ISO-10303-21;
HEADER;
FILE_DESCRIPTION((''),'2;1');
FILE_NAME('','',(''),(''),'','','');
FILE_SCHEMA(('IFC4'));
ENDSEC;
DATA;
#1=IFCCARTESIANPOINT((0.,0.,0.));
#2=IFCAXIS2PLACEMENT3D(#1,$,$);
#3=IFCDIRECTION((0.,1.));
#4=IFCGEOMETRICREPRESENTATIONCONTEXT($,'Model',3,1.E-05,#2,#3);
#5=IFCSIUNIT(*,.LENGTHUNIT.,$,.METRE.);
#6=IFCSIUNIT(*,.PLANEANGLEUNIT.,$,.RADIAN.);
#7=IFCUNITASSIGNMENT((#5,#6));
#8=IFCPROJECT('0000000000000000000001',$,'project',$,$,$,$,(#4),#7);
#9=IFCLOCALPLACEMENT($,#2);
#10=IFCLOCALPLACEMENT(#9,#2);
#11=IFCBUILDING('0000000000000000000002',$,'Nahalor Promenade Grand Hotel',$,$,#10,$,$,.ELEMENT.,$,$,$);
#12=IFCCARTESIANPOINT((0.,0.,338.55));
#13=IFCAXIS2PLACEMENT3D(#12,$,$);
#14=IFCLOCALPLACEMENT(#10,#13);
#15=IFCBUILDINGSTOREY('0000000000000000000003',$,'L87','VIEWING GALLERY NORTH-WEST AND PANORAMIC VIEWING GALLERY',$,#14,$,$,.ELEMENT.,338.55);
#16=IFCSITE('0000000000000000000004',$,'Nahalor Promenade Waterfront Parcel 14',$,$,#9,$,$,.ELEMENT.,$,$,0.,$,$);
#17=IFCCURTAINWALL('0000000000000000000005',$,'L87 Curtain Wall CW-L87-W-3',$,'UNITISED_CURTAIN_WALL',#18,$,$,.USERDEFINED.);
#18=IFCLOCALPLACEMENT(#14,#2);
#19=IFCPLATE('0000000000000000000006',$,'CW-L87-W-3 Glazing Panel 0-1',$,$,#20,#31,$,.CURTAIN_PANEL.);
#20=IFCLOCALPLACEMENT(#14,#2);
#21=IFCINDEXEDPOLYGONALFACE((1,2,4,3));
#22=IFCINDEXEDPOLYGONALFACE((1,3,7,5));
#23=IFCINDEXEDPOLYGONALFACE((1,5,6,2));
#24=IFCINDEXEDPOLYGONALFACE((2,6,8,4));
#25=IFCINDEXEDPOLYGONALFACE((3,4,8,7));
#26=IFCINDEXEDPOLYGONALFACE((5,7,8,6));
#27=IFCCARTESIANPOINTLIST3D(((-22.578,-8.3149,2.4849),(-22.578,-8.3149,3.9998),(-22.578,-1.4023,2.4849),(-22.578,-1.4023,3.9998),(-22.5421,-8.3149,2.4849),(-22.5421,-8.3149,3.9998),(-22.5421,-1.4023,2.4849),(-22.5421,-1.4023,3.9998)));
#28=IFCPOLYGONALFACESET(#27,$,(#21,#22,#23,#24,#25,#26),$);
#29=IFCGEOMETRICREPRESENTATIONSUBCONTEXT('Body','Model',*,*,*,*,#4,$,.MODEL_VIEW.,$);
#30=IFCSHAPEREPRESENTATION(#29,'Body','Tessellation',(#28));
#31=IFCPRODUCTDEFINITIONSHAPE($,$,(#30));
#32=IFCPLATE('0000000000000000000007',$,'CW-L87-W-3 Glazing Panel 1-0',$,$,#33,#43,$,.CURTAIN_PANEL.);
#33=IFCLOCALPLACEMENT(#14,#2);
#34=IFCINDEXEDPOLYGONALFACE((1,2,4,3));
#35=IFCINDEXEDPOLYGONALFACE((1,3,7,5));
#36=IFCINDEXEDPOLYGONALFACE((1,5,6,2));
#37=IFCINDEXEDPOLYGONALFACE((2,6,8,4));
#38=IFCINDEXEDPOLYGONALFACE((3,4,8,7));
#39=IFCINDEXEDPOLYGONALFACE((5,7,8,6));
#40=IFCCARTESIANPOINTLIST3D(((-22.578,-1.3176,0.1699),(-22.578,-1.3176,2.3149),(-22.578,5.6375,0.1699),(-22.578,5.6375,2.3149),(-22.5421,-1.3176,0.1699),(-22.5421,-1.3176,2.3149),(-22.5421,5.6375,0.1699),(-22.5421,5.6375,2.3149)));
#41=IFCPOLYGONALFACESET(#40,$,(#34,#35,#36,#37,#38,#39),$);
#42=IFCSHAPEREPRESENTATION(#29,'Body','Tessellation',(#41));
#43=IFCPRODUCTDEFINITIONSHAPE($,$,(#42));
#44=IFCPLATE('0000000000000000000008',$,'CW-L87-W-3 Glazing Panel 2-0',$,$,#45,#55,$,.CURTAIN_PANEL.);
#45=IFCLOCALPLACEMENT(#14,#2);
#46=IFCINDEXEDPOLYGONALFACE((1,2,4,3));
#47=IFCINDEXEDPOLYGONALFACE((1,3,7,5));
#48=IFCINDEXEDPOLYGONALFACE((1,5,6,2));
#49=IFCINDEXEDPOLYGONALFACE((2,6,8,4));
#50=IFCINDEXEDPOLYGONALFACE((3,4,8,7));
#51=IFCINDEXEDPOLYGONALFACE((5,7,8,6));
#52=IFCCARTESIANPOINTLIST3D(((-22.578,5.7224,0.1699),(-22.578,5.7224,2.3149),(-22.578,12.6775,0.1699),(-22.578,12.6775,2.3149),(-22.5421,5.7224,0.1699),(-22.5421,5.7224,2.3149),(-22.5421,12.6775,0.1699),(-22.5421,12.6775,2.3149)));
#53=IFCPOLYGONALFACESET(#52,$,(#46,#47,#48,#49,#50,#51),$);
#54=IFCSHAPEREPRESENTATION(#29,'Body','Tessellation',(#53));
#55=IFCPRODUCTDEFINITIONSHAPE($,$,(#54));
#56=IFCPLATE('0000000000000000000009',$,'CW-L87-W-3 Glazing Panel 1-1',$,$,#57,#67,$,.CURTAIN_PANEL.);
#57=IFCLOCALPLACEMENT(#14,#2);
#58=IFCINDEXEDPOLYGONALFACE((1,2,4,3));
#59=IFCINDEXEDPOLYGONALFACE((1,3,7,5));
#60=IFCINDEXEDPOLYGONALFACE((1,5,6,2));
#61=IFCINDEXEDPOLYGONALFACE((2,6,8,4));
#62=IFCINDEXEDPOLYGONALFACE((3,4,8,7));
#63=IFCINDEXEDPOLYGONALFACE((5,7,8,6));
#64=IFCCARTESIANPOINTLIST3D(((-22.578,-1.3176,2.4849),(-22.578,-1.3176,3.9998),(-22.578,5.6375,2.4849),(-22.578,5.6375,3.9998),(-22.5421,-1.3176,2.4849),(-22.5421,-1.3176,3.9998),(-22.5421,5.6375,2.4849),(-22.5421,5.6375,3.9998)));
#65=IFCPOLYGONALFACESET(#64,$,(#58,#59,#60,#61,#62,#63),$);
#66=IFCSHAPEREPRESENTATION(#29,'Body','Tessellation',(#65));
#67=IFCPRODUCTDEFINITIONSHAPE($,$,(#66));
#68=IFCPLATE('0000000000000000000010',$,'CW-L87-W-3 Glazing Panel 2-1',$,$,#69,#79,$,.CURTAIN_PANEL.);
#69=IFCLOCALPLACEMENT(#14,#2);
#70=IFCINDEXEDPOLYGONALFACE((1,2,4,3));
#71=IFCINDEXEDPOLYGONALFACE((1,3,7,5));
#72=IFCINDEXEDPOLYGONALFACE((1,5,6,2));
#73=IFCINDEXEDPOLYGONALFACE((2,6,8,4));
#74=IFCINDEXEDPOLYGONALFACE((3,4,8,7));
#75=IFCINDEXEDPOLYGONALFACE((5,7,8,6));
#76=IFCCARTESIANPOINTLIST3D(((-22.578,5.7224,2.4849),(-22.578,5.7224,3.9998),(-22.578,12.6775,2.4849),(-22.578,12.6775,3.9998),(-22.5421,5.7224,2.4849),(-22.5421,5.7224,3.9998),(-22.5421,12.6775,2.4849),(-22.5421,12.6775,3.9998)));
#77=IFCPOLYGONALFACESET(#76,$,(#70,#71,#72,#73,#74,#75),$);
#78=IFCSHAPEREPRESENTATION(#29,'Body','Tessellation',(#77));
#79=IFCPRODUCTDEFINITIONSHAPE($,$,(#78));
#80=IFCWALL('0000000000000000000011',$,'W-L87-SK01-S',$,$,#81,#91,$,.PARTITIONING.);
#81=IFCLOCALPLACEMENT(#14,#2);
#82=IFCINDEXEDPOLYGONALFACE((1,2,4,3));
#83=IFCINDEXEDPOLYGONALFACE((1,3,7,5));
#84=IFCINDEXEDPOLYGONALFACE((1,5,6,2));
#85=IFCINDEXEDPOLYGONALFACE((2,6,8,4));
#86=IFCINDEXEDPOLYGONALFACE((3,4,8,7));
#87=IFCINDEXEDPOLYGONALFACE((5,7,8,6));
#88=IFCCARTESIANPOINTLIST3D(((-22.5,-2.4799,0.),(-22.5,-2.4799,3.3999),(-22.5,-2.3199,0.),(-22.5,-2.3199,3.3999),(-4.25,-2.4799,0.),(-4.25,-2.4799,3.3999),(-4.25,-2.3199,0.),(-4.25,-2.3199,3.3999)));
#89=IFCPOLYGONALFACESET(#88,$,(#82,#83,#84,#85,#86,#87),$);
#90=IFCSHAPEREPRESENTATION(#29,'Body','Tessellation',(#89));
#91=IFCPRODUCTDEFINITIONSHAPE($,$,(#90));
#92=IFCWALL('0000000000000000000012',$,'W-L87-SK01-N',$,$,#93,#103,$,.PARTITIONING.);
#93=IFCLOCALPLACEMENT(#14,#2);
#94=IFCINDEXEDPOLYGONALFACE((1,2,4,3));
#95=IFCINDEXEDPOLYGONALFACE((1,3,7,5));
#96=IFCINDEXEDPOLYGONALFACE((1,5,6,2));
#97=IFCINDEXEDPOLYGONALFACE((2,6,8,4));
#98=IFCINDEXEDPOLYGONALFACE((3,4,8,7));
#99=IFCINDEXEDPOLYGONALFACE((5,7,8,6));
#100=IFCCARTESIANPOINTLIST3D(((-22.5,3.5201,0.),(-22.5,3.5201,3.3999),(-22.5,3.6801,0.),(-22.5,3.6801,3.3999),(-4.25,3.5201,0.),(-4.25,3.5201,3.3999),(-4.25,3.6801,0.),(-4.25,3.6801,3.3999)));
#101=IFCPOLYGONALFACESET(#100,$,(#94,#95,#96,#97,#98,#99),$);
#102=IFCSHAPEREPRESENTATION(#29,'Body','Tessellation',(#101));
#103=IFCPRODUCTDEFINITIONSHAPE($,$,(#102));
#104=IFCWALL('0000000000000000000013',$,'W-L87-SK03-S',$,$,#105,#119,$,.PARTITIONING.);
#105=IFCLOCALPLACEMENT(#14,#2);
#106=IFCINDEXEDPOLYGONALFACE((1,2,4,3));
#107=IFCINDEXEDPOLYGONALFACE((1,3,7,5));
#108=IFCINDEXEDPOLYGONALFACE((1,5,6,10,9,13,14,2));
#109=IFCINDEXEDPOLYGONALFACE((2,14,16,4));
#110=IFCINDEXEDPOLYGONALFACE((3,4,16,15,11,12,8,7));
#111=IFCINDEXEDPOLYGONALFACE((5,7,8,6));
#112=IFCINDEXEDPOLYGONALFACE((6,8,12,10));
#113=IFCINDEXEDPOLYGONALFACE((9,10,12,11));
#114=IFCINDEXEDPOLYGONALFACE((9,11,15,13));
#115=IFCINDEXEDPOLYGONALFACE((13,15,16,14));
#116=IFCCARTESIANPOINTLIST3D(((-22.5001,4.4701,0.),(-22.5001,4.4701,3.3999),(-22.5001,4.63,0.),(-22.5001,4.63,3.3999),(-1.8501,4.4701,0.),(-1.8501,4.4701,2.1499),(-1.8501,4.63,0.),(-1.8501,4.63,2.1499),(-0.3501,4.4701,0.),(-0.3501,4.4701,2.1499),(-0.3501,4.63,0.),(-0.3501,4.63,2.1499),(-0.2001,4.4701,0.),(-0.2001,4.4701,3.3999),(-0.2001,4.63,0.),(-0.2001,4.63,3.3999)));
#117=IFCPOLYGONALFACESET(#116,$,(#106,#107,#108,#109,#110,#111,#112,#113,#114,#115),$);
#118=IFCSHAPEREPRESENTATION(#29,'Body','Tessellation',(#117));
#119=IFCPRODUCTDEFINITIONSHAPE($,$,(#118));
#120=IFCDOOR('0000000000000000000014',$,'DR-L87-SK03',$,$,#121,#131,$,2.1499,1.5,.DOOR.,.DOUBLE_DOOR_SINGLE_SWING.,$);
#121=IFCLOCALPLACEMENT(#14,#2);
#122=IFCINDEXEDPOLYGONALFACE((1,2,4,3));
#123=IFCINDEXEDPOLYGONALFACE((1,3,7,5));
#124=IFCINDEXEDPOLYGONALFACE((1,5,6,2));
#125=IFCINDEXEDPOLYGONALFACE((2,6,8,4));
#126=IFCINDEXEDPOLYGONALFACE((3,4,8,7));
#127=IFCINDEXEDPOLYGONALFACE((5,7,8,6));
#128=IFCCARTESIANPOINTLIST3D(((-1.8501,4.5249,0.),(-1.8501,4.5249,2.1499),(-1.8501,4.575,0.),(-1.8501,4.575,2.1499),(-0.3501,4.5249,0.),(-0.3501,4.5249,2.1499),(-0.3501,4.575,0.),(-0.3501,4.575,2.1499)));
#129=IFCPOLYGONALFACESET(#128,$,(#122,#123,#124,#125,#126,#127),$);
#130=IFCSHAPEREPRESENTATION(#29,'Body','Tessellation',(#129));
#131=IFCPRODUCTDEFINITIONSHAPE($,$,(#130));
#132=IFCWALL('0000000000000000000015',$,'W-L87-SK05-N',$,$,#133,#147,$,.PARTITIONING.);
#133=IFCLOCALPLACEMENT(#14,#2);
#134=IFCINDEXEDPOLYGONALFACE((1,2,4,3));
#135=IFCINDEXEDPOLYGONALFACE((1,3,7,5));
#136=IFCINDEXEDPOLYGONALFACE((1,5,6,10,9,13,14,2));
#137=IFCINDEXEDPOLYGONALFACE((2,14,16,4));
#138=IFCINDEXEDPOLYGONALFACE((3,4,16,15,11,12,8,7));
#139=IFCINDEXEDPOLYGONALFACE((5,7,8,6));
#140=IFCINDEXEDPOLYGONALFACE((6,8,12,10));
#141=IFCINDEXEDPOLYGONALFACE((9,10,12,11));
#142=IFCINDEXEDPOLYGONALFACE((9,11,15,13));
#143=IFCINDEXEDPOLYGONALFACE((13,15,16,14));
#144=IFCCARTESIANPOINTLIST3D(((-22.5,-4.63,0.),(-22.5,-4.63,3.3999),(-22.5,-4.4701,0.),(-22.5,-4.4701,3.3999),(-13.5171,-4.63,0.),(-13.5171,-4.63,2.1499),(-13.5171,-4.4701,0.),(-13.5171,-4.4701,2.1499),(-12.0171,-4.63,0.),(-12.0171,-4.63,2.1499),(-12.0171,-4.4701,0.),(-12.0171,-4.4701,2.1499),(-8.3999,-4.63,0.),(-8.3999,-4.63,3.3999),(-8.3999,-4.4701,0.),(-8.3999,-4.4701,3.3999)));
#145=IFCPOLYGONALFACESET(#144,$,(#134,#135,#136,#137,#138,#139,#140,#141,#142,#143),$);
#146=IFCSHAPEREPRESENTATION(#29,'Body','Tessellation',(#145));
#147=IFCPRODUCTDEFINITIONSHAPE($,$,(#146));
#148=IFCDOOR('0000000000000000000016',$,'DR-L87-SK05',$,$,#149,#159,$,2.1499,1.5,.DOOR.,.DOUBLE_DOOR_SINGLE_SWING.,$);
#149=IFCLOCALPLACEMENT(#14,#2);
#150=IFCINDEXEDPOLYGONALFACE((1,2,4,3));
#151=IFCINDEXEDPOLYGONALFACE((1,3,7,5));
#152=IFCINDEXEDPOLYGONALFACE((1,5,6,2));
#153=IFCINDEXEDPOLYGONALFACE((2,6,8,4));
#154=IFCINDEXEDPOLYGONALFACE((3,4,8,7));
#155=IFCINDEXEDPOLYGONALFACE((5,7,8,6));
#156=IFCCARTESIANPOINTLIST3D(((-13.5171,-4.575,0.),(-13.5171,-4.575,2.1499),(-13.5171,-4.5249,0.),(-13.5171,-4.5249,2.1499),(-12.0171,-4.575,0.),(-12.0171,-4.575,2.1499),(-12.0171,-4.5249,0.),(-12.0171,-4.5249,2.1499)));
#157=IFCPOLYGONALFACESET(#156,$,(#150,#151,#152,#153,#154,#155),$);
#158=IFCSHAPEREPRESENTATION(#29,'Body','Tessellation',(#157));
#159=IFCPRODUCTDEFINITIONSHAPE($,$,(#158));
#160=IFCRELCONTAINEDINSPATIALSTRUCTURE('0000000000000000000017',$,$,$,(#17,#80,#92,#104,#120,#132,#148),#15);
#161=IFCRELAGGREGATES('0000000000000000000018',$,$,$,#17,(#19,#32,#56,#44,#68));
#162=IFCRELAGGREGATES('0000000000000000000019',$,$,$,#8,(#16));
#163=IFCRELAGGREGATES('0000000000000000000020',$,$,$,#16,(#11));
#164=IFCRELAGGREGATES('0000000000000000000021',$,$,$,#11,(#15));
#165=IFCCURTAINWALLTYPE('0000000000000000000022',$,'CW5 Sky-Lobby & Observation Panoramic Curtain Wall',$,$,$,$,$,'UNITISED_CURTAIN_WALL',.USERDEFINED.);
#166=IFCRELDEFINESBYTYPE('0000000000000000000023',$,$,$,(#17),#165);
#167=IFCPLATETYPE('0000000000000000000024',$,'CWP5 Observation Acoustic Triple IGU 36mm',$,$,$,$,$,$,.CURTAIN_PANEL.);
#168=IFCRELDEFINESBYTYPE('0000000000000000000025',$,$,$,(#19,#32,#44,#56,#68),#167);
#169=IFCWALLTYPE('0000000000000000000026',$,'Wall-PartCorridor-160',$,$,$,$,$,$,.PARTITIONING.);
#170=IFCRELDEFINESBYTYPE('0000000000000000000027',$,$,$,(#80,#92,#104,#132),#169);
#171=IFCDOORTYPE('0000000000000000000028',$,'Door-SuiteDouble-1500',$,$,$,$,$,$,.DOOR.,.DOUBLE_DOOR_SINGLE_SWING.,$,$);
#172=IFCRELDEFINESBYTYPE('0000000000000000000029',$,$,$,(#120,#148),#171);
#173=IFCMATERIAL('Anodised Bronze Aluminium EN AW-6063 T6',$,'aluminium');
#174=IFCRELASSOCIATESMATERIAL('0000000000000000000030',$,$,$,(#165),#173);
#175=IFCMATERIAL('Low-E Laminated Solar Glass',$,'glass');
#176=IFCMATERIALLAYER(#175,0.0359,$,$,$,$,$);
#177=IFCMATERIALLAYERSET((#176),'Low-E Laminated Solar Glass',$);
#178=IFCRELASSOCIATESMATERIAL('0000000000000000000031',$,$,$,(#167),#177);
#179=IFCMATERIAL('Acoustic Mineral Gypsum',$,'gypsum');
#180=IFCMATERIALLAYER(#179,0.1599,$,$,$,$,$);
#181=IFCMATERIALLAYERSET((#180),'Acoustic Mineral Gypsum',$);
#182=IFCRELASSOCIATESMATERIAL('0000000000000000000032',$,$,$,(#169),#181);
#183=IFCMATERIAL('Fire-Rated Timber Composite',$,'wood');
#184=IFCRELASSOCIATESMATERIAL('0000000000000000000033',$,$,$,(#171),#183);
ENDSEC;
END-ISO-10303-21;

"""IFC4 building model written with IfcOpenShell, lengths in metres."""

from ifc_helpers import new_model, si_unit, direction, frame, frame_2d, origin, origin_2d, place, context, subcontext, project, spatial, rectangle, extrude, source, transform, mapped, material, layer, layer_set, type_object, element, fill, aggregate, save


model = new_model("IFC4")

# Units and contexts
model_context = context("Model", 3, precision=1e-05, world=origin(), true_north=direction((0.0, 1.0)))
body_context = subcontext(model_context, "Body", "Model", "MODEL_VIEW")
ifc_project = project(units=[si_unit("LENGTHUNIT", "METRE"), si_unit("PLANEANGLEUNIT", "RADIAN")], contexts=[model_context])

# Site, building, storey
site_placement = place(None, origin())
site = spatial("IfcSite", under=ifc_project, at=site_placement, Name="Nahalor Promenade Waterfront Parcel 14", CompositionType="ELEMENT", RefElevation=0.0)
building_placement = place(site_placement, origin())
building = spatial("IfcBuilding", under=site, at=building_placement, Name="Nahalor Promenade Grand Hotel", CompositionType="ELEMENT")
storey_placement = place(building_placement, frame((0.0, 0.0, 338.55)))
storey = spatial("IfcBuildingStorey", under=building, at=storey_placement, Name="L87", Description="VIEWING GALLERY NORTH-WEST AND PANORAMIC VIEWING GALLERY", CompositionType="ELEMENT", Elevation=338.55)

# Curtain wall, plates
ifc_material_1 = material(Name="Anodised Bronze Aluminium EN AW-6063 T6", Category="aluminium")
curtain_wall_type = type_object("IfcCurtainWallType", Name="CW5 Sky-Lobby & Observation Panoramic Curtain Wall", ElementType="UNITISED_CURTAIN_WALL", PredefinedType="USERDEFINED", material=ifc_material_1)
curtain_wall_placement = place(storey_placement, origin())
curtain_wall = element("IfcCurtainWall", 1, at=curtain_wall_placement, inside=storey, type_object=curtain_wall_type, Name="L87 Curtain Wall CW-L87-W-3", ObjectType="UNITISED_CURTAIN_WALL", PredefinedType="USERDEFINED")
ifc_material_2 = material(Name="Low-E Laminated Solar Glass", Category="glass")
ifc_layer_1 = layer(ifc_material_2, 0.0359)
ifc_layer_set_1 = layer_set([ifc_layer_1], Name="Low-E Laminated Solar Glass")
plate_type = type_object("IfcPlateType", Name="CWP5 Observation Acoustic Triple IGU 36mm", PredefinedType="CURTAIN_PANEL", material=ifc_layer_set_1)
shared_shape_1 = source(origin(), body_context, "Body", "SweptSolid", [
    extrude(rectangle(XDim=6.9126, YDim=0.0359, at=origin_2d()), origin(), (0.0, 0.0, 1.0), 1.5149),
])
plate_1_placement = place(storey_placement, frame((-22.5601, -4.8586, 2.4849), z_axis=(0.0, 0.0, 1.0), x_axis=(0.0, 1.0, 0.0)))
plate_1 = element("IfcPlate", 2, at=plate_1_placement, type_object=plate_type, Name="CW-L87-W-3 Glazing Panel 0-1", PredefinedType="CURTAIN_PANEL", context=body_context, shape_type="MappedRepresentation", body=[
    mapped(shared_shape_1, transform((0.0, 0.0, 0.0), scale=1.0)),
])
shared_shape_2 = source(origin(), body_context, "Body", "SweptSolid", [
    extrude(rectangle(XDim=6.9551, YDim=0.0359, at=origin_2d()), origin(), (0.0, 0.0, 1.0), 2.145),
])
plate_2_placement = place(storey_placement, frame((-22.5601, 2.1599, 0.1699), z_axis=(0.0, 0.0, 1.0), x_axis=(0.0, 1.0, 0.0)))
plate_2 = element("IfcPlate", 3, at=plate_2_placement, type_object=plate_type, Name="CW-L87-W-3 Glazing Panel 1-0", PredefinedType="CURTAIN_PANEL", context=body_context, shape_type="MappedRepresentation", body=[
    mapped(shared_shape_2, transform((0.0, 0.0, 0.0), scale=1.0)),
])
plate_3_placement = place(storey_placement, frame((-22.5601, 9.2, 0.1699), z_axis=(0.0, 0.0, 1.0), x_axis=(0.0, 1.0, 0.0)))
plate_3 = element("IfcPlate", 4, at=plate_3_placement, type_object=plate_type, Name="CW-L87-W-3 Glazing Panel 2-0", PredefinedType="CURTAIN_PANEL", context=body_context, shape_type="MappedRepresentation", body=[
    mapped(shared_shape_2, transform((0.0, 0.0, 0.0), scale=1.0)),
])
shared_shape_3 = source(origin(), body_context, "Body", "SweptSolid", [
    extrude(rectangle(XDim=6.9551, YDim=0.0359, at=origin_2d()), origin(), (0.0, 0.0, 1.0), 1.5149),
])
plate_4_placement = place(storey_placement, frame((-22.5601, 2.1599, 2.4849), z_axis=(0.0, 0.0, 1.0), x_axis=(0.0, 1.0, 0.0)))
plate_4 = element("IfcPlate", 5, at=plate_4_placement, type_object=plate_type, Name="CW-L87-W-3 Glazing Panel 1-1", PredefinedType="CURTAIN_PANEL", context=body_context, shape_type="MappedRepresentation", body=[
    mapped(shared_shape_3, transform((0.0, 0.0, 0.0), scale=1.0)),
])
plate_5_placement = place(storey_placement, frame((-22.5601, 9.2, 2.4849), z_axis=(0.0, 0.0, 1.0), x_axis=(0.0, 1.0, 0.0)))
plate_5 = element("IfcPlate", 6, at=plate_5_placement, type_object=plate_type, Name="CW-L87-W-3 Glazing Panel 2-1", PredefinedType="CURTAIN_PANEL", context=body_context, shape_type="MappedRepresentation", body=[
    mapped(shared_shape_3, transform((0.0, 0.0, 0.0), scale=1.0)),
])
aggregate(curtain_wall, [plate_1, plate_2, plate_4, plate_3, plate_5])

# Walls
ifc_material_3 = material(Name="Acoustic Mineral Gypsum", Category="gypsum")
ifc_layer_2 = layer(ifc_material_3, 0.1599)
ifc_layer_set_2 = layer_set([ifc_layer_2], Name="Acoustic Mineral Gypsum")
wall_type = type_object("IfcWallType", Name="Wall-PartCorridor-160", PredefinedType="PARTITIONING", material=ifc_layer_set_2)
shared_shape_4 = source(origin(), body_context, "Body", "SweptSolid", [
    extrude(rectangle(XDim=18.25, YDim=0.1599, at=frame_2d((9.125, 0.0))), origin(), (0.0, 0.0, 1.0), 3.3999),
])
for number, where, z_axis, x_axis, name in (
    (7, (-22.5, -2.3999, 0.0), (0.0, 0.0, 1.0), (1.0, 0.0, 0.0), "W-L87-SK01-S"),
    (8, (-22.5, 3.6001, 0.0), (0.0, 0.0, 1.0), (1.0, 0.0, 0.0), "W-L87-SK01-N"),
):
    element("IfcWall", number, at=place(storey_placement, frame(where, z_axis=z_axis, x_axis=x_axis)), inside=storey, type_object=wall_type, Name=name, PredefinedType="PARTITIONING", context=body_context, shape_type="MappedRepresentation", body=[
        mapped(shared_shape_4, transform((0.0, 0.0, 0.0), scale=1.0)),
    ])

# Walls, openings, doors
shared_shape_5 = source(origin(), body_context, "Body", "SweptSolid", [
    extrude(rectangle(XDim=22.3, YDim=0.1599, at=frame_2d((11.1499, 0.0))), origin(), (0.0, 0.0, 1.0), 3.3999),
])
wall_1_placement = place(storey_placement, frame((-22.5, 4.55, 0.0), z_axis=(0.0, 0.0, 1.0), x_axis=(1.0, 0.0, 0.0)))
wall_1 = element("IfcWall", 9, at=wall_1_placement, inside=storey, type_object=wall_type, Name="W-L87-SK03-S", PredefinedType="PARTITIONING", context=body_context, shape_type="MappedRepresentation", body=[
    mapped(shared_shape_5, transform((0.0, 0.0, 0.0), scale=1.0)),
])
opening_1_placement = place(wall_1_placement, frame((20.6499, 0.0, 0.0)))
opening_1 = element("IfcOpeningElement", 10, at=opening_1_placement, cuts=wall_1, PredefinedType="OPENING", context=body_context, shape_type="SweptSolid", body=[
    extrude(rectangle(XDim=1.5, YDim=2.1499, at=frame_2d((0.75, 1.075))), frame((0.0, 0.0898, 0.0), z_axis=(0.0, -1.0, 0.0), x_axis=(1.0, 0.0, 0.0)), (0.0, 0.0, 1.0), 0.1799),
])
ifc_material_4 = material(Name="Fire-Rated Timber Composite", Category="wood")
door_type = type_object("IfcDoorType", Name="Door-SuiteDouble-1500", OperationType="DOUBLE_DOOR_SINGLE_SWING", PredefinedType="DOOR", material=ifc_material_4)
shared_shape_6 = source(origin(), body_context, "Body", "SweptSolid", [
    extrude(rectangle(XDim=1.5, YDim=2.1499, at=frame_2d((0.75, 1.075))), frame((0.0, 0.0249, 0.0), z_axis=(0.0, -1.0, 0.0), x_axis=(1.0, 0.0, 0.0)), (0.0, 0.0, 1.0), 0.05),
])
door_1_placement = place(opening_1_placement, origin())
door_1 = element("IfcDoor", 11, at=door_1_placement, inside=storey, type_object=door_type, Name="DR-L87-SK03", OperationType="DOUBLE_DOOR_SINGLE_SWING", OverallHeight=2.1499, OverallWidth=1.5, PredefinedType="DOOR", context=body_context, shape_type="MappedRepresentation", body=[
    mapped(shared_shape_6, transform((0.0, 0.0, 0.0), scale=1.0)),
])
fill(opening_1, door_1)
shared_shape_7 = source(origin(), body_context, "Body", "SweptSolid", [
    extrude(rectangle(XDim=14.1001, YDim=0.1599, at=frame_2d((7.05, 0.0))), origin(), (0.0, 0.0, 1.0), 3.3999),
])
wall_2_placement = place(storey_placement, frame((-22.5, -4.55, 0.0), z_axis=(0.0, 0.0, 1.0), x_axis=(1.0, 0.0, 0.0)))
wall_2 = element("IfcWall", 12, at=wall_2_placement, inside=storey, type_object=wall_type, Name="W-L87-SK05-N", PredefinedType="PARTITIONING", context=body_context, shape_type="MappedRepresentation", body=[
    mapped(shared_shape_7, transform((0.0, 0.0, 0.0), scale=1.0)),
])
opening_2_placement = place(wall_2_placement, frame((8.9829, 0.0, 0.0)))
opening_2 = element("IfcOpeningElement", 13, at=opening_2_placement, cuts=wall_2, PredefinedType="OPENING", context=body_context, shape_type="SweptSolid", body=[
    extrude(rectangle(XDim=1.5, YDim=2.1499, at=frame_2d((0.75, 1.075))), frame((0.0, 0.0898, 0.0), z_axis=(0.0, -1.0, 0.0), x_axis=(1.0, 0.0, 0.0)), (0.0, 0.0, 1.0), 0.1799),
])
door_2_placement = place(opening_2_placement, frame((1.5, 0.0, 0.0), z_axis=(0.0, 0.0, 1.0), x_axis=(-1.0, 0.0, 0.0)))
door_2 = element("IfcDoor", 14, at=door_2_placement, inside=storey, type_object=door_type, Name="DR-L87-SK05", OperationType="DOUBLE_DOOR_SINGLE_SWING", OverallHeight=2.1499, OverallWidth=1.5, PredefinedType="DOOR", context=body_context, shape_type="MappedRepresentation", body=[
    mapped(shared_shape_6, transform((0.0, 0.0, 0.0), scale=1.0)),
])
fill(opening_2, door_2)

save(model, "model.ifc")
